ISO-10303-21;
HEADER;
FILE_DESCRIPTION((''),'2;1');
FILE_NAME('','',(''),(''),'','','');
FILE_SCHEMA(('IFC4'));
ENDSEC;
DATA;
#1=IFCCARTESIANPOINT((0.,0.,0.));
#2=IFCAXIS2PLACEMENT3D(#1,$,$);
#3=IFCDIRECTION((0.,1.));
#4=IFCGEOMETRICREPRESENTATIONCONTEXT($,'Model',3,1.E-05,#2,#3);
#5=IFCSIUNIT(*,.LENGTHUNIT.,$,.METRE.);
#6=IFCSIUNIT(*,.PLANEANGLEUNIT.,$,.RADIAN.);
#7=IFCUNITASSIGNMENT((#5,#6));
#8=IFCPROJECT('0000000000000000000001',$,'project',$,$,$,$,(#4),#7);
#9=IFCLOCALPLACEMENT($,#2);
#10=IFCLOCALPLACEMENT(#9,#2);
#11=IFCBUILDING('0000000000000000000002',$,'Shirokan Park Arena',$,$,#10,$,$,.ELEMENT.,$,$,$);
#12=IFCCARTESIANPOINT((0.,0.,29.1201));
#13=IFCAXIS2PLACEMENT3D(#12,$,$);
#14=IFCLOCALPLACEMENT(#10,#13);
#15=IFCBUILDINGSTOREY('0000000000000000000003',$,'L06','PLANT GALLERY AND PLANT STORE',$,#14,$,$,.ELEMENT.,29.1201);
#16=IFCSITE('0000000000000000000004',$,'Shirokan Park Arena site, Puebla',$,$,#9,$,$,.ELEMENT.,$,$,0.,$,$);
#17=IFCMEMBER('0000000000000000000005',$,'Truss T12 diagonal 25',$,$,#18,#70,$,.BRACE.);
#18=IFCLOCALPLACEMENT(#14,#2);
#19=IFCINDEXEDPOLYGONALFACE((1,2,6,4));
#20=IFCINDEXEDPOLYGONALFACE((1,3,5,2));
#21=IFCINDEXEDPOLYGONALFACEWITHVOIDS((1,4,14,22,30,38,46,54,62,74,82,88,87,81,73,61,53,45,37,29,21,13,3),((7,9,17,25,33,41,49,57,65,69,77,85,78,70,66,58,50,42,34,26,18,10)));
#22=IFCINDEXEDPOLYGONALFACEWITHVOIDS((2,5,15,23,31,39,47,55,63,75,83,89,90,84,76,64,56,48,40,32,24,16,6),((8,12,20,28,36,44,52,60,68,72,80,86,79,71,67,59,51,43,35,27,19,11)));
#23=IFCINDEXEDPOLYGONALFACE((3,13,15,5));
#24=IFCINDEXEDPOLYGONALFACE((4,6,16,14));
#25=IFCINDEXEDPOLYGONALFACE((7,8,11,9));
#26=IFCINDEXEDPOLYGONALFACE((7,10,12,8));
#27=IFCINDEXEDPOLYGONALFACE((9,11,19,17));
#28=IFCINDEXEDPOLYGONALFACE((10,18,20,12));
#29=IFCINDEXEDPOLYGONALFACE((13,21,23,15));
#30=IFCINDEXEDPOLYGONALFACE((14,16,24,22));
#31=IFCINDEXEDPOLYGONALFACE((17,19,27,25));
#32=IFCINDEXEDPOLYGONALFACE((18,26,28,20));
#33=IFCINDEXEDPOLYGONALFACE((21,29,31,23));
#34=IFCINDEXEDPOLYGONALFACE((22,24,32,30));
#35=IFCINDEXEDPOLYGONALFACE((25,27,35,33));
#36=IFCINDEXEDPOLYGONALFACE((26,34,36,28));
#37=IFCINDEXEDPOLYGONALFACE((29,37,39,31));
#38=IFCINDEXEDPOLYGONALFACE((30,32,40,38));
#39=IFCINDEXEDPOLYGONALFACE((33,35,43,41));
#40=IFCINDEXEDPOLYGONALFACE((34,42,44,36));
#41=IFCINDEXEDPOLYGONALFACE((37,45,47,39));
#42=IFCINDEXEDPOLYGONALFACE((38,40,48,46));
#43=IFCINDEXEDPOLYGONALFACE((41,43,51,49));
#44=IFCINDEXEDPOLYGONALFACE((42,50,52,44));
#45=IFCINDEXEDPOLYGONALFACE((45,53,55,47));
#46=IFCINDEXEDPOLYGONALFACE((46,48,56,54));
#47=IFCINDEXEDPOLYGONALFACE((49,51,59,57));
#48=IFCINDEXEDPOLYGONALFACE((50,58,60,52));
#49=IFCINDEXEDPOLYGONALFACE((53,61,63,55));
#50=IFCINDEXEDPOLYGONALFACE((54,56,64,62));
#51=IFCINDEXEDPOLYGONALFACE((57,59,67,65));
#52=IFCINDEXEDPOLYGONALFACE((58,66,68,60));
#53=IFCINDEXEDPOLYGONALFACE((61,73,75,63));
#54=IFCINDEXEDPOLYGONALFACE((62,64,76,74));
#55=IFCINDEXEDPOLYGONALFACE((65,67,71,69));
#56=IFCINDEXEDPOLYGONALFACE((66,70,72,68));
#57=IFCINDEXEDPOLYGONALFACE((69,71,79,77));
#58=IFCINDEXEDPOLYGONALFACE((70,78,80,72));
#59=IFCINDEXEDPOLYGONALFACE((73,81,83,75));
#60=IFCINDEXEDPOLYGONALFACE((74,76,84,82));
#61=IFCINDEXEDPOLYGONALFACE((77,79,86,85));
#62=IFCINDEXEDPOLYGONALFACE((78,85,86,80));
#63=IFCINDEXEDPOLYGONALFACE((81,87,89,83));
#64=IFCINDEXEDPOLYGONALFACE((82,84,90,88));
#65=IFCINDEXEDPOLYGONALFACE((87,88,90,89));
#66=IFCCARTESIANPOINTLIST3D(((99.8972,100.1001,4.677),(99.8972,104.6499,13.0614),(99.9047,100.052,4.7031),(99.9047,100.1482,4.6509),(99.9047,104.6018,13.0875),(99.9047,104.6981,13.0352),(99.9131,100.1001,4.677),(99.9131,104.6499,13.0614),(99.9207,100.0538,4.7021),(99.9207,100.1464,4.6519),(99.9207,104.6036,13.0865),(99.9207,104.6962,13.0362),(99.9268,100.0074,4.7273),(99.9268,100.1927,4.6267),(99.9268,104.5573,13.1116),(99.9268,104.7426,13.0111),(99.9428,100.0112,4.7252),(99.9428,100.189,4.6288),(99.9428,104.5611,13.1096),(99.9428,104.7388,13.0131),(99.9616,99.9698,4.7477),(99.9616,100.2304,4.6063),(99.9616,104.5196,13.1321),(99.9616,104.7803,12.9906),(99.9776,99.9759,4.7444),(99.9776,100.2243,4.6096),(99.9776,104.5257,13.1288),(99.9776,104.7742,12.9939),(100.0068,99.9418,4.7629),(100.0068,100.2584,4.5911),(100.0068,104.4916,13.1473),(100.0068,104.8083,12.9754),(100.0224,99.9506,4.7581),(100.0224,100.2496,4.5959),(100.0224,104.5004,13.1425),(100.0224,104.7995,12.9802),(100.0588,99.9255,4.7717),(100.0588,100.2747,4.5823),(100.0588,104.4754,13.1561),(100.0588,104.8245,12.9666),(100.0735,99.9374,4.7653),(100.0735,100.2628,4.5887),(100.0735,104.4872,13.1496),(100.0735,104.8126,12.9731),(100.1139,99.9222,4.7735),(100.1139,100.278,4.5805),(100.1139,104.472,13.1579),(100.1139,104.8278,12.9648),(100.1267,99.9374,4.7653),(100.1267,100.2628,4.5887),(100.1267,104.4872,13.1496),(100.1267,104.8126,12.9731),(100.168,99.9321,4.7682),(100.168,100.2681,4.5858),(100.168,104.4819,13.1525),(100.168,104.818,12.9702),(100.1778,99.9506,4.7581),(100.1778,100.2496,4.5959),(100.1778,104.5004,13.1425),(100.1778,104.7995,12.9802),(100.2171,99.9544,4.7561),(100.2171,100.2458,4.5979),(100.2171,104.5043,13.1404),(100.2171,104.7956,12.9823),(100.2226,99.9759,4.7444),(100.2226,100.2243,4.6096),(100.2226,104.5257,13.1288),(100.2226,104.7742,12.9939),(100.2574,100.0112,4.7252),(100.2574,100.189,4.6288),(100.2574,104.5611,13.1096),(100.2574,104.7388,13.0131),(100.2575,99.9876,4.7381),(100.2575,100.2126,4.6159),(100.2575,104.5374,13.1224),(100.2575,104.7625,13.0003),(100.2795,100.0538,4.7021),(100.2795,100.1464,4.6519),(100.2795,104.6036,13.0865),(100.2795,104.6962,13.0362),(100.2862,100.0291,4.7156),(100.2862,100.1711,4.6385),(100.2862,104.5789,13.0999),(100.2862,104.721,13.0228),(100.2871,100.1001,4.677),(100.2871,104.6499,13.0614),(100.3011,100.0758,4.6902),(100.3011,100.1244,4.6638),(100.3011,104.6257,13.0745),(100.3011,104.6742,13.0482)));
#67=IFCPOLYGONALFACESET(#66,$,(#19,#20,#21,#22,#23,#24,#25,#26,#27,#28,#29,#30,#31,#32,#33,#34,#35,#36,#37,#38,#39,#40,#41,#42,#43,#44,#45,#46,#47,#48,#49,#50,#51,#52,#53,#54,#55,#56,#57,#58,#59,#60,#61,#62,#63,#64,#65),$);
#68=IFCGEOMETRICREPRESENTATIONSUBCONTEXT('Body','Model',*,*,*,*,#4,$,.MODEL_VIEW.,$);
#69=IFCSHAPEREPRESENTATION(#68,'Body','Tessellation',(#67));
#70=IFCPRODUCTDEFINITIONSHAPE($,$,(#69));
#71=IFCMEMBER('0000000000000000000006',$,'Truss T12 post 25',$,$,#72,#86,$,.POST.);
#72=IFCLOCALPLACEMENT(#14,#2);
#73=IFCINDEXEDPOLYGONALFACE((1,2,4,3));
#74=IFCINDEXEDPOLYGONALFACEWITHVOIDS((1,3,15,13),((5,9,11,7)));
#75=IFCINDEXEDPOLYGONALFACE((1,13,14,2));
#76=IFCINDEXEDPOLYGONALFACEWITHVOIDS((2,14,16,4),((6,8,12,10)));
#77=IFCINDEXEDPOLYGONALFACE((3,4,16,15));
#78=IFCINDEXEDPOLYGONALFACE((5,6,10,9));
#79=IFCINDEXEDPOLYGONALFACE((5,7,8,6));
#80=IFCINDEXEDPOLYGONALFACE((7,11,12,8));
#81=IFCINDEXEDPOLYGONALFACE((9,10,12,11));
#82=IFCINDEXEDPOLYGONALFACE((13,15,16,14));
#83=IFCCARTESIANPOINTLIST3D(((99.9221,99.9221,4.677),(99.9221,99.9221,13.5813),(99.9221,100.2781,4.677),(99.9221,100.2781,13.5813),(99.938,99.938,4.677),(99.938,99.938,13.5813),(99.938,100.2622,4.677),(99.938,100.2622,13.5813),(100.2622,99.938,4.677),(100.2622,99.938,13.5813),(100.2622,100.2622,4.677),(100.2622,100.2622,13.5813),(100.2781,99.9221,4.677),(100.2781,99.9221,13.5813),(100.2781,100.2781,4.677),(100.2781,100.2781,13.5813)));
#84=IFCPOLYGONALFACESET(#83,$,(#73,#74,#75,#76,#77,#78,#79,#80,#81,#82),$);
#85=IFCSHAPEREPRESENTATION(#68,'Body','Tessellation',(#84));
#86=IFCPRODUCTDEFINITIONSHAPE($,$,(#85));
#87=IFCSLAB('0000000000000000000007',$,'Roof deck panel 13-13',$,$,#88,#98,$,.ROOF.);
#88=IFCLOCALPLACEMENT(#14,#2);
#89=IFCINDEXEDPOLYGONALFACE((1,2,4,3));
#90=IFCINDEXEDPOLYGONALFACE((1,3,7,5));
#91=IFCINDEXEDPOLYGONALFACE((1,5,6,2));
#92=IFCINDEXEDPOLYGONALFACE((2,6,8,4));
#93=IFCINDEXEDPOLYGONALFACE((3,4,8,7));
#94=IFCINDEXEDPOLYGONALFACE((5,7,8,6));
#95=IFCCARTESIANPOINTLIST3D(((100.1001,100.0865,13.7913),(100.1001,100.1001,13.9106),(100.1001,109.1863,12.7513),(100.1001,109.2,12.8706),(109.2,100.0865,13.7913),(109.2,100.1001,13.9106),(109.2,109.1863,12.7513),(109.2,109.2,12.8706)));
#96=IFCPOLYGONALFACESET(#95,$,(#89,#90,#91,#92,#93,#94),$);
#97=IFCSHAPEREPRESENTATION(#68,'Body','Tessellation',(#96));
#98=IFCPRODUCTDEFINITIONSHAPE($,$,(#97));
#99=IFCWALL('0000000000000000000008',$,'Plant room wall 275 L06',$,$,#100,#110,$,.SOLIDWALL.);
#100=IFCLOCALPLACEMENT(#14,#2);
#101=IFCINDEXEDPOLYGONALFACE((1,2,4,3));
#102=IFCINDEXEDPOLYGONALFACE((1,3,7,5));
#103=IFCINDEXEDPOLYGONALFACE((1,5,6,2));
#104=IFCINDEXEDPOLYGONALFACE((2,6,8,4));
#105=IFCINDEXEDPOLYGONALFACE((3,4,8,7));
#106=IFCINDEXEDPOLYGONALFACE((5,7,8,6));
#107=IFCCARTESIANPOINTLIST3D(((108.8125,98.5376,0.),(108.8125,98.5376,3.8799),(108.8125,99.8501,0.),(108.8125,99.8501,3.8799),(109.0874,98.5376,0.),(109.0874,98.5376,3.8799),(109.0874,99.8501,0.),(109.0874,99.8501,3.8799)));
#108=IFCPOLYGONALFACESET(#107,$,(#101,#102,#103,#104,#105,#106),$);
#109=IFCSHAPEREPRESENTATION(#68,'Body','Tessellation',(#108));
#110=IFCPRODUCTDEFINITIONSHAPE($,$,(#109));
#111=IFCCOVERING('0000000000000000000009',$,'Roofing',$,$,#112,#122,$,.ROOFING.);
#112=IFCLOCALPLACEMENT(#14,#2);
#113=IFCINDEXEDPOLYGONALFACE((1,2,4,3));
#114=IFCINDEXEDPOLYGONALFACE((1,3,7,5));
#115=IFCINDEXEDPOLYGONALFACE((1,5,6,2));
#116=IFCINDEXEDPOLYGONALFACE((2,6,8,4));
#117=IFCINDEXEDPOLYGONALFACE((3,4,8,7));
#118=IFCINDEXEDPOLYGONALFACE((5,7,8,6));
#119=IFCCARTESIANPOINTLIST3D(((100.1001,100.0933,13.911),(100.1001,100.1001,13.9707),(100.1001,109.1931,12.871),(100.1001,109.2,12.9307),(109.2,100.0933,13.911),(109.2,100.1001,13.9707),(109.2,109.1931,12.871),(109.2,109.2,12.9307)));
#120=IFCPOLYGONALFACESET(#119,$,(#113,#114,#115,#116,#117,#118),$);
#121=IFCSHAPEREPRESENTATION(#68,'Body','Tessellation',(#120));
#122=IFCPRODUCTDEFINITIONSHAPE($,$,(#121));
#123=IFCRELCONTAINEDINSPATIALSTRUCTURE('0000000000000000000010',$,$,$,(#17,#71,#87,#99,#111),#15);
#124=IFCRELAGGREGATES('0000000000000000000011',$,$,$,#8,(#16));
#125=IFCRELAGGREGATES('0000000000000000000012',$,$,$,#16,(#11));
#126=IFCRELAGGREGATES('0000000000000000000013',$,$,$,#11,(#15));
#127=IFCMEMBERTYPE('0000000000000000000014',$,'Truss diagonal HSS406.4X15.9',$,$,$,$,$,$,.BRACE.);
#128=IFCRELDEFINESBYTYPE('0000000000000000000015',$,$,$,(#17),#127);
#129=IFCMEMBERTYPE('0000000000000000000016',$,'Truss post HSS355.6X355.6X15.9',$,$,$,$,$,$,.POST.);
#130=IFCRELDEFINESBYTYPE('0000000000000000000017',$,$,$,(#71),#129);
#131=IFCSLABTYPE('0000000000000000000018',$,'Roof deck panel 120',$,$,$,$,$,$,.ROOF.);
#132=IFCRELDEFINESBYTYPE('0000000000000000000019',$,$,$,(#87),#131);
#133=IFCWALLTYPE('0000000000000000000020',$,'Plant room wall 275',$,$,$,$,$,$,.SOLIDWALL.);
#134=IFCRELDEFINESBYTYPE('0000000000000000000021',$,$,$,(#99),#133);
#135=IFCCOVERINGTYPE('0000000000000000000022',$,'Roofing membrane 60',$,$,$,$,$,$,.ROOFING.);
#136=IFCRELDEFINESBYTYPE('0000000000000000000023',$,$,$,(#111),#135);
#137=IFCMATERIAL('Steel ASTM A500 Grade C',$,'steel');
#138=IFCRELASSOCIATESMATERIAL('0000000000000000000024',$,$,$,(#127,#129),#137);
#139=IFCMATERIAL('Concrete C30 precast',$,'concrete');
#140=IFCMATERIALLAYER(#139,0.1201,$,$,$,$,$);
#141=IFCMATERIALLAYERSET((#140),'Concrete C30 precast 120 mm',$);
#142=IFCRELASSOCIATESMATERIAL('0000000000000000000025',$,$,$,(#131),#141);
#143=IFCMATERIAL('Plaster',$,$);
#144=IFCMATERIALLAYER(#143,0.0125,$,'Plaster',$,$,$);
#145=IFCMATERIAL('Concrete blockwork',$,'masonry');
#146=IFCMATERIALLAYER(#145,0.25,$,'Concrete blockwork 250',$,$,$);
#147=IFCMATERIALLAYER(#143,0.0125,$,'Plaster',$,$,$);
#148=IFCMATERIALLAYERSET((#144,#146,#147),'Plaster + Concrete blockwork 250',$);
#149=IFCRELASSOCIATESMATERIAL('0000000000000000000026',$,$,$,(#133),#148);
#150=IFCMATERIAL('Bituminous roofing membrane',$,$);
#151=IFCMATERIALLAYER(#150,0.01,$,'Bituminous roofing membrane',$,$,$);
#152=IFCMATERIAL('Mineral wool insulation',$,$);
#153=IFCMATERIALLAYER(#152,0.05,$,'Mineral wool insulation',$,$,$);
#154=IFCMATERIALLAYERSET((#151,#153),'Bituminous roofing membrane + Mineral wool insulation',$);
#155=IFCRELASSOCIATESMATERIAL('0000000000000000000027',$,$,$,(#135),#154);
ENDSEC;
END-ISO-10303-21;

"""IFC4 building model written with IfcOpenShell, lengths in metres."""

from ifc_helpers import new_model, si_unit, direction, frame, frame_2d, origin, origin_2d, place, context, subcontext, project, spatial, polyline, rectangle, hollow_rectangle, hollow_circle, outline, extrude, material, layer, layer_set, material_profile, profile_set, type_object, element, save


model = new_model("IFC4")

# Units and contexts
model_context = context("Model", 3, precision=1e-05, world=origin(), true_north=direction((0.0, 1.0)))
body_context = subcontext(model_context, "Body", "Model", "MODEL_VIEW")
ifc_project = project(units=[si_unit("LENGTHUNIT", "METRE"), si_unit("PLANEANGLEUNIT", "RADIAN")], contexts=[model_context])

# Site, building, storey
site_placement = place(None, origin())
site = spatial("IfcSite", under=ifc_project, at=site_placement, Name="Shirokan Park Arena site, Puebla", CompositionType="ELEMENT", RefElevation=0.0)
building_placement = place(site_placement, origin())
building = spatial("IfcBuilding", under=site, at=building_placement, Name="Shirokan Park Arena", CompositionType="ELEMENT")
storey_placement = place(building_placement, frame((0.0, 0.0, 29.1201)))
storey = spatial("IfcBuildingStorey", under=building, at=storey_placement, Name="L06", Description="PLANT GALLERY AND PLANT STORE", CompositionType="ELEMENT", Elevation=29.1201)

# Shared definitions
ifc_material_1 = material(Name="Steel ASTM A500 Grade C", Category="steel")

# Members
ifc_material_profile_1 = material_profile(ifc_material_1, hollow_circle(Radius=0.2029, WallThickness=0.0159, at=origin_2d()), Name="HSS406.4X15.9")
ifc_profile_set_1 = profile_set([ifc_material_profile_1], Name="Steel ASTM A500 Grade C")
member_type_1 = type_object("IfcMemberType", Name="Truss diagonal HSS406.4X15.9", PredefinedType="BRACE", material=ifc_profile_set_1)
member_1_placement = place(storey_placement, frame((100.1001, 100.1001, 4.677), z_axis=(0.0, 0.476957, 0.878926), x_axis=(-1.0, 0.0, 0.0)))
element("IfcMember", 1, at=member_1_placement, inside=storey, type_object=member_type_1, Name="Truss T12 diagonal 25", PredefinedType="BRACE", context=body_context, shape_type="SweptSolid", body=[
    extrude(hollow_circle(Radius=0.2029, WallThickness=0.0159, at=origin_2d()), origin(), (0.0, 0.0, 1.0), 9.5393),
])
ifc_material_profile_2 = material_profile(ifc_material_1, hollow_rectangle(XDim=0.356, YDim=0.356, WallThickness=0.0159, at=origin_2d()), Name="HSS355.6X355.6X15.9")
ifc_profile_set_2 = profile_set([ifc_material_profile_2], Name="Steel ASTM A500 Grade C")
member_type_2 = type_object("IfcMemberType", Name="Truss post HSS355.6X355.6X15.9", PredefinedType="POST", material=ifc_profile_set_2)
member_2_placement = place(storey_placement, frame((100.1001, 100.1001, 4.677), z_axis=(0.0, 0.0, 1.0), x_axis=(1.0, 0.0, 0.0)))
element("IfcMember", 2, at=member_2_placement, inside=storey, type_object=member_type_2, Name="Truss T12 post 25", PredefinedType="POST", context=body_context, shape_type="SweptSolid", body=[
    extrude(hollow_rectangle(XDim=0.356, YDim=0.356, WallThickness=0.0159, at=origin_2d()), origin(), (0.0, 0.0, 1.0), 8.9043),
])

# Slab
ifc_material_2 = material(Name="Concrete C30 precast", Category="concrete")
ifc_layer_1 = layer(ifc_material_2, 0.1201)
ifc_layer_set_1 = layer_set([ifc_layer_1], Name="Concrete C30 precast 120 mm")
slab_type = type_object("IfcSlabType", Name="Roof deck panel 120", PredefinedType="ROOF", material=ifc_layer_set_1)
slab_placement = place(storey_placement, frame((100.1001, 100.1001, 13.9106), z_axis=(0.0, 0.113553, 0.993532), x_axis=(1.0, 0.0, 0.0)))
element("IfcSlab", 3, at=slab_placement, inside=storey, type_object=slab_type, Name="Roof deck panel 13-13", PredefinedType="ROOF", context=body_context, shape_type="SweptSolid", body=[
    extrude(outline(polyline([(0.0, 0.0), (9.0999, 0.0), (9.0999, 9.1591), (0.0, 9.1591), (0.0, 0.0)])), origin(), (0.0, 0.0, -1.0), 0.1201),
])

# Shared definitions
ifc_material_3 = material(Name="Plaster")
ifc_layer_2 = layer(ifc_material_3, 0.0125, Name="Plaster")
ifc_material_4 = material(Name="Concrete blockwork", Category="masonry")
ifc_layer_3 = layer(ifc_material_4, 0.25, Name="Concrete blockwork 250")
ifc_layer_4 = layer(ifc_material_3, 0.0125, Name="Plaster")
ifc_layer_set_2 = layer_set([ifc_layer_2, ifc_layer_3, ifc_layer_4], Name="Plaster + Concrete blockwork 250")
wall_type = type_object("IfcWallType", Name="Plant room wall 275", PredefinedType="SOLIDWALL", material=ifc_layer_set_2)

# Wall
wall_1_placement = place(storey_placement, frame((108.95, 98.5376, 0.0), z_axis=(0.0, 0.0, 1.0), x_axis=(0.0, 1.0, 0.0)))
element("IfcWall", 4, at=wall_1_placement, inside=storey, type_object=wall_type, Name="Plant room wall 275 L06", PredefinedType="SOLIDWALL", context=body_context, shape_type="SweptSolid", body=[
    extrude(rectangle(XDim=1.3125, YDim=0.2749, at=frame_2d((0.6562, 0.0))), origin(), (0.0, 0.0, 1.0), 3.8799),
])

# Covering
ifc_material_5 = material(Name="Bituminous roofing membrane")
ifc_layer_5 = layer(ifc_material_5, 0.01, Name="Bituminous roofing membrane")
ifc_material_6 = material(Name="Mineral wool insulation")
ifc_layer_6 = layer(ifc_material_6, 0.05, Name="Mineral wool insulation")
ifc_layer_set_3 = layer_set([ifc_layer_5, ifc_layer_6], Name="Bituminous roofing membrane + Mineral wool insulation")
covering_type = type_object("IfcCoveringType", Name="Roofing membrane 60", PredefinedType="ROOFING", material=ifc_layer_set_3)
covering_placement = place(storey_placement, frame((100.1001, 100.1001, 13.9707), z_axis=(0.0, 0.113553, 0.993532), x_axis=(1.0, 0.0, 0.0)))
element("IfcCovering", 5, at=covering_placement, inside=storey, type_object=covering_type, Name="Roofing", PredefinedType="ROOFING", context=body_context, shape_type="SweptSolid", body=[
    extrude(outline(polyline([(0.0, 0.0), (9.0999, 0.0), (9.0999, 9.1591), (0.0, 9.1591), (0.0, 0.0)])), origin(), (0.0, 0.0, -1.0), 0.0601),
])

save(model, "model.ifc")
